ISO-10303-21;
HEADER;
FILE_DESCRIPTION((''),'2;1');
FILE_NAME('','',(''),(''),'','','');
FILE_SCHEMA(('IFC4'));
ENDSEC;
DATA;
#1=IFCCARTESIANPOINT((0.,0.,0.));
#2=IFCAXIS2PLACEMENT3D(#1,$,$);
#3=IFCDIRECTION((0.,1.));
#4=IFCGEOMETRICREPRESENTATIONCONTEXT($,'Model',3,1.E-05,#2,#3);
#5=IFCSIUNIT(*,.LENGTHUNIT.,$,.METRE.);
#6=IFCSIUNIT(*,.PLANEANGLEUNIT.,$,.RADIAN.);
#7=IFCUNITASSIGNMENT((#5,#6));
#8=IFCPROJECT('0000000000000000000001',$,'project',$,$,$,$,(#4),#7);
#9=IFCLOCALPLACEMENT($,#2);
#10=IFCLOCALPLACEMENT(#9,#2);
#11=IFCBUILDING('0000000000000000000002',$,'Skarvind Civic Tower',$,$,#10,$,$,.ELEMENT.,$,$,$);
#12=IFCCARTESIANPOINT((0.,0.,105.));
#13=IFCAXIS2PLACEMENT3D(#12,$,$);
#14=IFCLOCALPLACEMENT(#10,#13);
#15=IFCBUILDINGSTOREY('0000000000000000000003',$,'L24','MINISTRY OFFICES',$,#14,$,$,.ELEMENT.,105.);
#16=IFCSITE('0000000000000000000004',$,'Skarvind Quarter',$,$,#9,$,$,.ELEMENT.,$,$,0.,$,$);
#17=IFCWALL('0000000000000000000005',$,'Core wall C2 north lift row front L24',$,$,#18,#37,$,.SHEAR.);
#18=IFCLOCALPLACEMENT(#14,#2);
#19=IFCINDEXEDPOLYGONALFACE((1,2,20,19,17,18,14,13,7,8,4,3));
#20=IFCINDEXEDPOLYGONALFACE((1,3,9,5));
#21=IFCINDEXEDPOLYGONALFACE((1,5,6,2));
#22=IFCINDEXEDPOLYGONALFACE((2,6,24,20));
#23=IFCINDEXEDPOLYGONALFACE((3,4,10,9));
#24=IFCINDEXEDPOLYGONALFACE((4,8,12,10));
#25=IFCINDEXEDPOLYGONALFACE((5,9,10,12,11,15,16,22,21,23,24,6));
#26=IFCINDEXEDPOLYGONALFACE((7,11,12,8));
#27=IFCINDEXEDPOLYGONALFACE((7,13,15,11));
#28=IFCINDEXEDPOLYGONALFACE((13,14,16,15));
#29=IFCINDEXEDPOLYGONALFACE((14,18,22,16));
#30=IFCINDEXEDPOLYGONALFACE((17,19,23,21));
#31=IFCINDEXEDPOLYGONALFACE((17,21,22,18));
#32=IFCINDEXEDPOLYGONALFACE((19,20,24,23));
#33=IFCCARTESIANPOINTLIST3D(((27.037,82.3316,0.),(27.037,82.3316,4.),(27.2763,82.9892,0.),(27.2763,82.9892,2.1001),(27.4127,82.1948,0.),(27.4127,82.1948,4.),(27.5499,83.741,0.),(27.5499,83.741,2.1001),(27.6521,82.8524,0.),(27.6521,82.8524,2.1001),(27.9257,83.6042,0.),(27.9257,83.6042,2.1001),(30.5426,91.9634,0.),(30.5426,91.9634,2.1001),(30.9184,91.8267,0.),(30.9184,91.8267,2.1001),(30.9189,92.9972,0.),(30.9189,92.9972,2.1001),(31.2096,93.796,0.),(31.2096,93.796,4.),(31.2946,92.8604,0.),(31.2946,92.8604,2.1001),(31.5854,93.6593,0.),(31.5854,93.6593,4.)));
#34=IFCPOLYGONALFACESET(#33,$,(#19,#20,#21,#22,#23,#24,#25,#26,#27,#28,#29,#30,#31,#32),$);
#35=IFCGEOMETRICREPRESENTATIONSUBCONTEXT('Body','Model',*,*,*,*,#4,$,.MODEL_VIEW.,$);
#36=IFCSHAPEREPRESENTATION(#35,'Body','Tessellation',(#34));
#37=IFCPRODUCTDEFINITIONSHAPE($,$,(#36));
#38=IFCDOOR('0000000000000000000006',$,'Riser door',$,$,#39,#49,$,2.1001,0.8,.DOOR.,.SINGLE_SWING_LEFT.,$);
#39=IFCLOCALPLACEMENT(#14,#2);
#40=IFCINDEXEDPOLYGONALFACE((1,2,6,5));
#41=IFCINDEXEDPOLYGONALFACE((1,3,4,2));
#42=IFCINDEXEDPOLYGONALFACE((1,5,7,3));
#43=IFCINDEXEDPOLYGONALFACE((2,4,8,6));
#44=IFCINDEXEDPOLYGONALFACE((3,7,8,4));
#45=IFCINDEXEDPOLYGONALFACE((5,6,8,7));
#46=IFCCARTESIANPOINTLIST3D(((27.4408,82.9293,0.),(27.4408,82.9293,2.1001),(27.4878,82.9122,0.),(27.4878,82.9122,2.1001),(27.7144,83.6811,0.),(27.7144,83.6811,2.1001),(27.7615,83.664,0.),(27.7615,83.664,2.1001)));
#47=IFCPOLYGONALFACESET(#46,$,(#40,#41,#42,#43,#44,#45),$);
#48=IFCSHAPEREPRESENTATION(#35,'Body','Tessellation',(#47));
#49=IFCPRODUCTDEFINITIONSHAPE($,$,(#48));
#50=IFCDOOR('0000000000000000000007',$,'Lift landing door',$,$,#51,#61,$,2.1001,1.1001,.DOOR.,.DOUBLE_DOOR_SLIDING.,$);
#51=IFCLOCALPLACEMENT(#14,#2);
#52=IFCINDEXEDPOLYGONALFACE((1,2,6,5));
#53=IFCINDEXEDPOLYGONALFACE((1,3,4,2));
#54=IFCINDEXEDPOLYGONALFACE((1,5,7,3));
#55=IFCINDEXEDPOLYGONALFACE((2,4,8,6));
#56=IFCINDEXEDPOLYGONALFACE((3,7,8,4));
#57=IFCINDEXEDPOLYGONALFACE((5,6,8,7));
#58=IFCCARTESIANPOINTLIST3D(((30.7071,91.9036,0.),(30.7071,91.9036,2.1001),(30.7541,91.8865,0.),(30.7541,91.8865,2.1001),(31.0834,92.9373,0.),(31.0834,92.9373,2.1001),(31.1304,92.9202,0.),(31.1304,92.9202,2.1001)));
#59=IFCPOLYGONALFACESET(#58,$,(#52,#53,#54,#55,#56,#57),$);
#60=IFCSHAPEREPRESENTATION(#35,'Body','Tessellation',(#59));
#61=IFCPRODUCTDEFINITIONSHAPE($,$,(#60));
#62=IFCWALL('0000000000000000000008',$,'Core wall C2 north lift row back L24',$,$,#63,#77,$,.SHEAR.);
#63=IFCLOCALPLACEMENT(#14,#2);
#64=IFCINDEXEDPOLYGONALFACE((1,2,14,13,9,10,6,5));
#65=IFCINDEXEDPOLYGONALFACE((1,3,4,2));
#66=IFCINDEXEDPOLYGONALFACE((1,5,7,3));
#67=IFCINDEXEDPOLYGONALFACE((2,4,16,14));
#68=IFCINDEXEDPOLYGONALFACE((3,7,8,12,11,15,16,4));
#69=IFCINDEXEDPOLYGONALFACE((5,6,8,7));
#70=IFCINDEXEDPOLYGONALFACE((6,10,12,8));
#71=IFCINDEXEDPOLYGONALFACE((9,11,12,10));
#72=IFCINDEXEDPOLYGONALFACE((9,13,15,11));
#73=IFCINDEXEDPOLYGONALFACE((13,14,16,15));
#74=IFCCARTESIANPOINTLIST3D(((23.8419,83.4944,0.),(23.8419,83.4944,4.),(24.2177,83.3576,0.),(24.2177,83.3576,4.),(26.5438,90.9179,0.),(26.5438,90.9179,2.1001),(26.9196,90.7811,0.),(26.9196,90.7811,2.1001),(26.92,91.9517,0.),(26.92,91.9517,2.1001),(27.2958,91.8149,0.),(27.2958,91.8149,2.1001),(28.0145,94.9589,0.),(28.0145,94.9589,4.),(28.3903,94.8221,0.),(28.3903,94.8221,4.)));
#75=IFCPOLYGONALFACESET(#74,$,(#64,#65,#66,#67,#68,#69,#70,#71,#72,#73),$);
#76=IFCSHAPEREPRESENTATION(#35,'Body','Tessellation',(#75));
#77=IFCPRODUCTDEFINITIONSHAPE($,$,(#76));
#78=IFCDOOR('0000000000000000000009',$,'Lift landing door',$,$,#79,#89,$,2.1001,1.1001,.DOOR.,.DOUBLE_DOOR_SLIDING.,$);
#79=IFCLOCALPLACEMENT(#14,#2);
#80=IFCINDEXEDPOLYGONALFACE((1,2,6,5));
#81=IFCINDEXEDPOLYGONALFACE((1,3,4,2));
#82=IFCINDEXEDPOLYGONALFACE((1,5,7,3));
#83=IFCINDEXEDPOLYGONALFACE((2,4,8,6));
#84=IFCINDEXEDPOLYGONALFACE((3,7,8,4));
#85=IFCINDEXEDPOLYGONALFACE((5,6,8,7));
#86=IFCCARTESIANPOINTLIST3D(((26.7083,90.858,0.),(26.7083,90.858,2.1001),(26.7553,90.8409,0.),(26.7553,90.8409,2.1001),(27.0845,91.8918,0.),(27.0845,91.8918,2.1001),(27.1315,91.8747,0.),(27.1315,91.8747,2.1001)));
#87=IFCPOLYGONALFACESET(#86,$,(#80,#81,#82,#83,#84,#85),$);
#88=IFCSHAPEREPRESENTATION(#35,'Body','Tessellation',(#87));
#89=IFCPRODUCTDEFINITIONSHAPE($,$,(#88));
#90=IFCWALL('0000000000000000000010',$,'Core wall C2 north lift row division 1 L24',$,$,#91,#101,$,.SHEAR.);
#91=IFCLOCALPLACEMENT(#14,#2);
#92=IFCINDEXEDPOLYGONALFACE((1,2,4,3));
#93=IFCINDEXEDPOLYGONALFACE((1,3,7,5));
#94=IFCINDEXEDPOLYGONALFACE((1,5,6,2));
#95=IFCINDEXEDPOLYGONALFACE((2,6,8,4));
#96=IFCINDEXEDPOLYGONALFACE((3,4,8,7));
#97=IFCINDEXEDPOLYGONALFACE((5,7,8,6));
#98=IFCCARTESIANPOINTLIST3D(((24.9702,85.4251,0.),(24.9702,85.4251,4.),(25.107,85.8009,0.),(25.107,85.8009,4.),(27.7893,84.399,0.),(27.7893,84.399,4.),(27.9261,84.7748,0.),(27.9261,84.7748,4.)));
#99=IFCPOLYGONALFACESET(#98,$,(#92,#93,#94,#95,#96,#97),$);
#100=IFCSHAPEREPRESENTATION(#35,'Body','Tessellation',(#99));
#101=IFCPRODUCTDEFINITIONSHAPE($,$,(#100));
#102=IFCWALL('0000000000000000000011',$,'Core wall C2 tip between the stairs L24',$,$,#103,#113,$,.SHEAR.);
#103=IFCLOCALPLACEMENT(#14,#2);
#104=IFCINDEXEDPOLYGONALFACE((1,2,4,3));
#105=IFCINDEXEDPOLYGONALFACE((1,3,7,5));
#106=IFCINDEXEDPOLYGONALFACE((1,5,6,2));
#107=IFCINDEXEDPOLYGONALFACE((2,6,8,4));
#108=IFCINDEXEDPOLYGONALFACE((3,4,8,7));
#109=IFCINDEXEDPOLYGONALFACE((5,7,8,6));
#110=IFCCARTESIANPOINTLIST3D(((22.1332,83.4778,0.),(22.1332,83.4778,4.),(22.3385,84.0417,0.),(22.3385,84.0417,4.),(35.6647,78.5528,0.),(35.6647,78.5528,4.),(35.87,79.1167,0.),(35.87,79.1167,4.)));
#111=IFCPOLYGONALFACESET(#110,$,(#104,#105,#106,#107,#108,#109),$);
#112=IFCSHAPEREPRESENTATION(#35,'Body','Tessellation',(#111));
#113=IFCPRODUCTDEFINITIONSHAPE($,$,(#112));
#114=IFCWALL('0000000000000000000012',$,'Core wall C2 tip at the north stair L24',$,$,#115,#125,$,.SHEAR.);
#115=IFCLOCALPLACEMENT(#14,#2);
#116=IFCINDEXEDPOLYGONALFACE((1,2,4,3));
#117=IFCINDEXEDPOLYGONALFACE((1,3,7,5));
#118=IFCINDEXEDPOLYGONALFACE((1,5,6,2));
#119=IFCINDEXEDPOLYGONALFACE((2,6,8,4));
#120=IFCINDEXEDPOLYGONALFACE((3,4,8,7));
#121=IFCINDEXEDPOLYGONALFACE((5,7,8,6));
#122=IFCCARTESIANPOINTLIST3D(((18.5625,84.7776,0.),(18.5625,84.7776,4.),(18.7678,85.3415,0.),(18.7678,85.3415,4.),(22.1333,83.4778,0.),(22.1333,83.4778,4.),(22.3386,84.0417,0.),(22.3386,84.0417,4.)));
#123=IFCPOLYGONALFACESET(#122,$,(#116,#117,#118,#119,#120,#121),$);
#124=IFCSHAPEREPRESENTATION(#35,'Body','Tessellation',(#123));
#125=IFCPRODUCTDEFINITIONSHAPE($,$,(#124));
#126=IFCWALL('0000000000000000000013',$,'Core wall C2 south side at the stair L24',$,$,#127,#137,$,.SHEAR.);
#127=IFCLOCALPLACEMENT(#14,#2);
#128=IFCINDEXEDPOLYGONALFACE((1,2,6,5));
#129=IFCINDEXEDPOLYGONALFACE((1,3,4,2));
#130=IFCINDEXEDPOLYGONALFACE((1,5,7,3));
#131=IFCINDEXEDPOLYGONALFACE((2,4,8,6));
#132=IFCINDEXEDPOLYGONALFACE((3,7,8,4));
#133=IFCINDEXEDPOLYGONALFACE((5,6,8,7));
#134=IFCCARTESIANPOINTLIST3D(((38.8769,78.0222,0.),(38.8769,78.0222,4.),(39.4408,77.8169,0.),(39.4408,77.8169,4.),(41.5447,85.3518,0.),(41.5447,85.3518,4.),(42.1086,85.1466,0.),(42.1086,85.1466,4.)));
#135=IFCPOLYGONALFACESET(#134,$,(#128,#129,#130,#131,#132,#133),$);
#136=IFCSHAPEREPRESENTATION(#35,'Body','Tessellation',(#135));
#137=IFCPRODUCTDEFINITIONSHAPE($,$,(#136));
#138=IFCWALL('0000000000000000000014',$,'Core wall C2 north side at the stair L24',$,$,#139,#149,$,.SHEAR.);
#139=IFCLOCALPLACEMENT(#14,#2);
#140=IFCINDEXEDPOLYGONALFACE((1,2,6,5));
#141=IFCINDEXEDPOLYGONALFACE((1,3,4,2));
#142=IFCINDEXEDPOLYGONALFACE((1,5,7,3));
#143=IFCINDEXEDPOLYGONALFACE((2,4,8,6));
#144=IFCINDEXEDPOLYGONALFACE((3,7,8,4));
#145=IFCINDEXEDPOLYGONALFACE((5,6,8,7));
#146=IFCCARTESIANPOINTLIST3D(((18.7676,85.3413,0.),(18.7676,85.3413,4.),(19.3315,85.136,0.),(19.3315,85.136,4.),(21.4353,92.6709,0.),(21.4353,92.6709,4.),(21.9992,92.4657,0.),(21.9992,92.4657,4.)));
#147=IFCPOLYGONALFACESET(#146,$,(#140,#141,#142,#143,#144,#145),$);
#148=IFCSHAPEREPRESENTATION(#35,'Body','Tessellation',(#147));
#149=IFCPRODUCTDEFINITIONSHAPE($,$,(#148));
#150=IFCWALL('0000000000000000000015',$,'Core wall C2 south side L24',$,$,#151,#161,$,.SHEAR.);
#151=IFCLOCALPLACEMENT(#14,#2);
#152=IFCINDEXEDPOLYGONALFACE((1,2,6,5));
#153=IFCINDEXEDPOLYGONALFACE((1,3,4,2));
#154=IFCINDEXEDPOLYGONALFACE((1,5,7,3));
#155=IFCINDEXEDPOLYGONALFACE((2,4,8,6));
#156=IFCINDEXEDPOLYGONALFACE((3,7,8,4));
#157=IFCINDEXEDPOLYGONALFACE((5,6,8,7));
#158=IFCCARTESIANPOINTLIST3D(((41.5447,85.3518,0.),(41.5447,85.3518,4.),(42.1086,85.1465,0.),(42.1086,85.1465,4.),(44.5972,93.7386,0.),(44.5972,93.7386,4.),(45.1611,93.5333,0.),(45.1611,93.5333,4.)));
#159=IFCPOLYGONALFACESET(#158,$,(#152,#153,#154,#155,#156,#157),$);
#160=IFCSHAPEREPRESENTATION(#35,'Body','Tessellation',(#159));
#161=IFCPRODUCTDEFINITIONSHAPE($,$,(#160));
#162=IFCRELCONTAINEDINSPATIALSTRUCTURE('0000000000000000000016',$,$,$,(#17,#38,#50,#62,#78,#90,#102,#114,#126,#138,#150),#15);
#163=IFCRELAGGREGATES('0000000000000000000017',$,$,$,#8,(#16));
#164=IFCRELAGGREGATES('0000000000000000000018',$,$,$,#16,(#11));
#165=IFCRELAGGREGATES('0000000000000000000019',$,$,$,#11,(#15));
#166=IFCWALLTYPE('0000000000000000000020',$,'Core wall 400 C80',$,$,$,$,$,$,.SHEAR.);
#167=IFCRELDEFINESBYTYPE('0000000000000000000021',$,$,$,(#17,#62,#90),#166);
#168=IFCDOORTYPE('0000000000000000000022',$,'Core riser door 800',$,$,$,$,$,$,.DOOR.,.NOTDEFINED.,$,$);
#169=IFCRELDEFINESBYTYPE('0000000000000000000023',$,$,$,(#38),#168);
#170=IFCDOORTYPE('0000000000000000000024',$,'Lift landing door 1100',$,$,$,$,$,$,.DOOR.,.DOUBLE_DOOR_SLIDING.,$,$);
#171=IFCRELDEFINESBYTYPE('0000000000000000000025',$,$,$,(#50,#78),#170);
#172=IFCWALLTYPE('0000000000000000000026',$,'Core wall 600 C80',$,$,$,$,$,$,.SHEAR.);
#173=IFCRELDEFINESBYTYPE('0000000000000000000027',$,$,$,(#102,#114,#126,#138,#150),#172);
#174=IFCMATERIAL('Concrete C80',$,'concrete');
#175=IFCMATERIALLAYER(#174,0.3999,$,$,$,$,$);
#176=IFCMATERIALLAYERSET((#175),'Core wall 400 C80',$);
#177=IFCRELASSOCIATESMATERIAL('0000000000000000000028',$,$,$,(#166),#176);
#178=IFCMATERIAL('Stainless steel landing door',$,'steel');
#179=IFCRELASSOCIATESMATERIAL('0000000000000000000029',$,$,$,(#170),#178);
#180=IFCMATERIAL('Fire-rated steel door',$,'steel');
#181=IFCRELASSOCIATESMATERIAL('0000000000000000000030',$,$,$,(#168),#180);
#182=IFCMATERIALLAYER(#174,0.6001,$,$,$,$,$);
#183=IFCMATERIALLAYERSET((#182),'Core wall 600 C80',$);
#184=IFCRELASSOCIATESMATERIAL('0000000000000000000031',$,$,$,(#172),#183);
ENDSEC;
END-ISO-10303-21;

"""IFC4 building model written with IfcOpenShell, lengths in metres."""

from ifc_helpers import new_model, si_unit, direction, frame, frame_2d, origin, place, context, subcontext, project, spatial, rectangle, extrude, material, layer, layer_set, type_object, element, fill, save


model = new_model("IFC4")

# Units and contexts
model_context = context("Model", 3, precision=1e-05, world=origin(), true_north=direction((0.0, 1.0)))
body_context = subcontext(model_context, "Body", "Model", "MODEL_VIEW")
ifc_project = project(units=[si_unit("LENGTHUNIT", "METRE"), si_unit("PLANEANGLEUNIT", "RADIAN")], contexts=[model_context])

# Site, building, storey
site_placement = place(None, origin())
site = spatial("IfcSite", under=ifc_project, at=site_placement, Name="Skarvind Quarter", CompositionType="ELEMENT", RefElevation=0.0)
building_placement = place(site_placement, origin())
building = spatial("IfcBuilding", under=site, at=building_placement, Name="Skarvind Civic Tower", CompositionType="ELEMENT")
storey_placement = place(building_placement, frame((0.0, 0.0, 105.0)))
storey = spatial("IfcBuildingStorey", under=building, at=storey_placement, Name="L24", Description="MINISTRY OFFICES", CompositionType="ELEMENT", Elevation=105.0)

# Shared definitions
ifc_material_1 = material(Name="Concrete C80", Category="concrete")
ifc_layer_1 = layer(ifc_material_1, 0.3999)
ifc_layer_set_1 = layer_set([ifc_layer_1], Name="Core wall 400 C80")
wall_type_1 = type_object("IfcWallType", Name="Core wall 400 C80", PredefinedType="SHEAR", material=ifc_layer_set_1)

# Shared definitions
ifc_material_2 = material(Name="Fire-rated steel door", Category="steel")

# Shared definitions
ifc_material_3 = material(Name="Stainless steel landing door", Category="steel")
door_type_1 = type_object("IfcDoorType", Name="Lift landing door 1100", OperationType="DOUBLE_DOOR_SLIDING", PredefinedType="DOOR", material=ifc_material_3)

# Wall, openings, doors
wall_1_placement = place(storey_placement, frame((27.2249, 82.2632, 0.0), z_axis=(0.0, 0.0, 1.0), x_axis=(0.342015, 0.939695, 0.0)))
wall_1 = element("IfcWall", 1, at=wall_1_placement, inside=storey, type_object=wall_type_1, Name="Core wall C2 north lift row front L24", PredefinedType="SHEAR", context=body_context, shape_type="SweptSolid", body=[
    extrude(rectangle(XDim=12.2002, YDim=0.3999, at=frame_2d((6.1001, 0.0))), origin(), (0.0, 0.0, 1.0), 4.0),
])
opening_1_placement = place(wall_1_placement, frame((10.25, 0.0, 0.0)))
opening_1 = element("IfcOpeningElement", 2, at=opening_1_placement, cuts=wall_1, PredefinedType="OPENING", context=body_context, shape_type="SweptSolid", body=[
    extrude(rectangle(XDim=1.1001, YDim=2.1001, at=frame_2d((0.55, 1.05))), frame((0.0, 0.21, 0.0), z_axis=(0.0, -1.0, 0.0), x_axis=(1.0, 0.0, 0.0)), (0.0, 0.0, 1.0), 0.4199),
])
opening_2_placement = place(wall_1_placement, frame((0.7, 0.0, 0.0)))
opening_2 = element("IfcOpeningElement", 3, at=opening_2_placement, cuts=wall_1, PredefinedType="OPENING", context=body_context, shape_type="SweptSolid", body=[
    extrude(rectangle(XDim=0.8, YDim=2.1001, at=frame_2d((0.3999, 1.05))), frame((0.0, 0.21, 0.0), z_axis=(0.0, -1.0, 0.0), x_axis=(1.0, 0.0, 0.0)), (0.0, 0.0, 1.0), 0.4199),
])
door_type_2 = type_object("IfcDoorType", Name="Core riser door 800", OperationType="NOTDEFINED", PredefinedType="DOOR", material=ifc_material_2)
door_1_placement = place(opening_2_placement, origin())
door_1 = element("IfcDoor", 4, at=door_1_placement, inside=storey, type_object=door_type_2, Name="Riser door", OperationType="SINGLE_SWING_LEFT", OverallHeight=2.1001, OverallWidth=0.8, PredefinedType="DOOR", context=body_context, shape_type="SweptSolid", body=[
    extrude(rectangle(XDim=0.8, YDim=2.1001, at=frame_2d((0.3999, 1.05))), frame((0.0, 0.0249, 0.0), z_axis=(0.0, -1.0, 0.0), x_axis=(1.0, 0.0, 0.0)), (0.0, 0.0, 1.0), 0.05),
])
fill(opening_2, door_1)
door_2_placement = place(opening_1_placement, origin())
door_2 = element("IfcDoor", 5, at=door_2_placement, inside=storey, type_object=door_type_1, Name="Lift landing door", OperationType="DOUBLE_DOOR_SLIDING", OverallHeight=2.1001, OverallWidth=1.1001, PredefinedType="DOOR", context=body_context, shape_type="SweptSolid", body=[
    extrude(rectangle(XDim=1.1001, YDim=2.1001, at=frame_2d((0.55, 1.05))), frame((0.0, 0.0249, 0.0), z_axis=(0.0, -1.0, 0.0), x_axis=(1.0, 0.0, 0.0)), (0.0, 0.0, 1.0), 0.05),
])
fill(opening_1, door_2)

# Wall, opening, door
wall_2_placement = place(storey_placement, frame((24.0298, 83.426, 0.0), z_axis=(0.0, 0.0, 1.0), x_axis=(0.342015, 0.939695, 0.0)))
wall_2 = element("IfcWall", 6, at=wall_2_placement, inside=storey, type_object=wall_type_1, Name="Core wall C2 north lift row back L24", PredefinedType="SHEAR", context=body_context, shape_type="SweptSolid", body=[
    extrude(rectangle(XDim=12.2002, YDim=0.3999, at=frame_2d((6.1001, 0.0))), origin(), (0.0, 0.0, 1.0), 4.0),
])
opening_3_placement = place(wall_2_placement, frame((7.8999, 0.0, 0.0)))
opening_3 = element("IfcOpeningElement", 7, at=opening_3_placement, cuts=wall_2, PredefinedType="OPENING", context=body_context, shape_type="SweptSolid", body=[
    extrude(rectangle(XDim=1.1001, YDim=2.1001, at=frame_2d((0.55, 1.05))), frame((0.0, 0.21, 0.0), z_axis=(0.0, -1.0, 0.0), x_axis=(1.0, 0.0, 0.0)), (0.0, 0.0, 1.0), 0.4199),
])
door_3_placement = place(opening_3_placement, origin())
door_3 = element("IfcDoor", 8, at=door_3_placement, inside=storey, type_object=door_type_1, Name="Lift landing door", OperationType="DOUBLE_DOOR_SLIDING", OverallHeight=2.1001, OverallWidth=1.1001, PredefinedType="DOOR", context=body_context, shape_type="SweptSolid", body=[
    extrude(rectangle(XDim=1.1001, YDim=2.1001, at=frame_2d((0.55, 1.05))), frame((0.0, 0.0249, 0.0), z_axis=(0.0, -1.0, 0.0), x_axis=(1.0, 0.0, 0.0)), (0.0, 0.0, 1.0), 0.05),
])
fill(opening_3, door_3)

# Walls
wall_3_placement = place(storey_placement, frame((27.8577, 84.5869, 0.0), z_axis=(0.0, 0.0, 1.0), x_axis=(-0.939686, 0.342037, 0.0)))
element("IfcWall", 9, at=wall_3_placement, inside=storey, type_object=wall_type_1, Name="Core wall C2 north lift row division 1 L24", PredefinedType="SHEAR", context=body_context, shape_type="SweptSolid", body=[
    extrude(rectangle(XDim=3.0, YDim=0.3999, at=frame_2d((1.5, 0.0))), origin(), (0.0, 0.0, 1.0), 4.0),
])
ifc_layer_2 = layer(ifc_material_1, 0.6001)
ifc_layer_set_2 = layer_set([ifc_layer_2], Name="Core wall 600 C80")
wall_type_2 = type_object("IfcWallType", Name="Core wall 600 C80", PredefinedType="SHEAR", material=ifc_layer_set_2)
wall_4_placement = place(storey_placement, frame((35.7673, 78.8347, 0.0), z_axis=(0.0, 0.0, 1.0), x_axis=(-0.939693, 0.342019, 0.0)))
element("IfcWall", 10, at=wall_4_placement, inside=storey, type_object=wall_type_2, Name="Core wall C2 tip between the stairs L24", PredefinedType="SHEAR", context=body_context, shape_type="SweptSolid", body=[
    extrude(rectangle(XDim=14.3999, YDim=0.6001, at=frame_2d((7.2, 0.0))), origin(), (0.0, 0.0, 1.0), 4.0),
])
wall_5_placement = place(storey_placement, frame((22.2358, 83.7598, 0.0), z_axis=(0.0, 0.0, 1.0), x_axis=(-0.939681, 0.342053, 0.0)))
element("IfcWall", 11, at=wall_5_placement, inside=storey, type_object=wall_type_2, Name="Core wall C2 tip at the north stair L24", PredefinedType="SHEAR", context=body_context, shape_type="SweptSolid", body=[
    extrude(rectangle(XDim=3.8, YDim=0.6001, at=frame_2d((1.8999, 0.0))), origin(), (0.0, 0.0, 1.0), 4.0),
])
for number, where, z_axis, x_axis, name in (
    (12, (39.1589, 77.9197, 0.0), (0.0, 0.0, 1.0), (0.342017, 0.939694, 0.0), "Core wall C2 south side at the stair L24"),
    (13, (19.0496, 85.2388, 0.0), (0.0, 0.0, 1.0), (0.342017, 0.939694, 0.0), "Core wall C2 north side at the stair L24"),
):
    element("IfcWall", number, at=place(storey_placement, frame(where, z_axis=z_axis, x_axis=x_axis)), inside=storey, type_object=wall_type_2, Name=name, PredefinedType="SHEAR", context=body_context, shape_type="SweptSolid", body=[
        extrude(rectangle(XDim=7.8, YDim=0.6001, at=frame_2d((3.8999, 0.0))), origin(), (0.0, 0.0, 1.0), 4.0),
    ])
wall_6_placement = place(storey_placement, frame((41.8267, 85.2493, 0.0), z_axis=(0.0, 0.0, 1.0), x_axis=(0.342018, 0.939694, 0.0)))
element("IfcWall", 14, at=wall_6_placement, inside=storey, type_object=wall_type_2, Name="Core wall C2 south side L24", PredefinedType="SHEAR", context=body_context, shape_type="SweptSolid", body=[
    extrude(rectangle(XDim=8.925, YDim=0.6001, at=frame_2d((4.4624, 0.0))), origin(), (0.0, 0.0, 1.0), 4.0),
])

save(model, "model.ifc")
